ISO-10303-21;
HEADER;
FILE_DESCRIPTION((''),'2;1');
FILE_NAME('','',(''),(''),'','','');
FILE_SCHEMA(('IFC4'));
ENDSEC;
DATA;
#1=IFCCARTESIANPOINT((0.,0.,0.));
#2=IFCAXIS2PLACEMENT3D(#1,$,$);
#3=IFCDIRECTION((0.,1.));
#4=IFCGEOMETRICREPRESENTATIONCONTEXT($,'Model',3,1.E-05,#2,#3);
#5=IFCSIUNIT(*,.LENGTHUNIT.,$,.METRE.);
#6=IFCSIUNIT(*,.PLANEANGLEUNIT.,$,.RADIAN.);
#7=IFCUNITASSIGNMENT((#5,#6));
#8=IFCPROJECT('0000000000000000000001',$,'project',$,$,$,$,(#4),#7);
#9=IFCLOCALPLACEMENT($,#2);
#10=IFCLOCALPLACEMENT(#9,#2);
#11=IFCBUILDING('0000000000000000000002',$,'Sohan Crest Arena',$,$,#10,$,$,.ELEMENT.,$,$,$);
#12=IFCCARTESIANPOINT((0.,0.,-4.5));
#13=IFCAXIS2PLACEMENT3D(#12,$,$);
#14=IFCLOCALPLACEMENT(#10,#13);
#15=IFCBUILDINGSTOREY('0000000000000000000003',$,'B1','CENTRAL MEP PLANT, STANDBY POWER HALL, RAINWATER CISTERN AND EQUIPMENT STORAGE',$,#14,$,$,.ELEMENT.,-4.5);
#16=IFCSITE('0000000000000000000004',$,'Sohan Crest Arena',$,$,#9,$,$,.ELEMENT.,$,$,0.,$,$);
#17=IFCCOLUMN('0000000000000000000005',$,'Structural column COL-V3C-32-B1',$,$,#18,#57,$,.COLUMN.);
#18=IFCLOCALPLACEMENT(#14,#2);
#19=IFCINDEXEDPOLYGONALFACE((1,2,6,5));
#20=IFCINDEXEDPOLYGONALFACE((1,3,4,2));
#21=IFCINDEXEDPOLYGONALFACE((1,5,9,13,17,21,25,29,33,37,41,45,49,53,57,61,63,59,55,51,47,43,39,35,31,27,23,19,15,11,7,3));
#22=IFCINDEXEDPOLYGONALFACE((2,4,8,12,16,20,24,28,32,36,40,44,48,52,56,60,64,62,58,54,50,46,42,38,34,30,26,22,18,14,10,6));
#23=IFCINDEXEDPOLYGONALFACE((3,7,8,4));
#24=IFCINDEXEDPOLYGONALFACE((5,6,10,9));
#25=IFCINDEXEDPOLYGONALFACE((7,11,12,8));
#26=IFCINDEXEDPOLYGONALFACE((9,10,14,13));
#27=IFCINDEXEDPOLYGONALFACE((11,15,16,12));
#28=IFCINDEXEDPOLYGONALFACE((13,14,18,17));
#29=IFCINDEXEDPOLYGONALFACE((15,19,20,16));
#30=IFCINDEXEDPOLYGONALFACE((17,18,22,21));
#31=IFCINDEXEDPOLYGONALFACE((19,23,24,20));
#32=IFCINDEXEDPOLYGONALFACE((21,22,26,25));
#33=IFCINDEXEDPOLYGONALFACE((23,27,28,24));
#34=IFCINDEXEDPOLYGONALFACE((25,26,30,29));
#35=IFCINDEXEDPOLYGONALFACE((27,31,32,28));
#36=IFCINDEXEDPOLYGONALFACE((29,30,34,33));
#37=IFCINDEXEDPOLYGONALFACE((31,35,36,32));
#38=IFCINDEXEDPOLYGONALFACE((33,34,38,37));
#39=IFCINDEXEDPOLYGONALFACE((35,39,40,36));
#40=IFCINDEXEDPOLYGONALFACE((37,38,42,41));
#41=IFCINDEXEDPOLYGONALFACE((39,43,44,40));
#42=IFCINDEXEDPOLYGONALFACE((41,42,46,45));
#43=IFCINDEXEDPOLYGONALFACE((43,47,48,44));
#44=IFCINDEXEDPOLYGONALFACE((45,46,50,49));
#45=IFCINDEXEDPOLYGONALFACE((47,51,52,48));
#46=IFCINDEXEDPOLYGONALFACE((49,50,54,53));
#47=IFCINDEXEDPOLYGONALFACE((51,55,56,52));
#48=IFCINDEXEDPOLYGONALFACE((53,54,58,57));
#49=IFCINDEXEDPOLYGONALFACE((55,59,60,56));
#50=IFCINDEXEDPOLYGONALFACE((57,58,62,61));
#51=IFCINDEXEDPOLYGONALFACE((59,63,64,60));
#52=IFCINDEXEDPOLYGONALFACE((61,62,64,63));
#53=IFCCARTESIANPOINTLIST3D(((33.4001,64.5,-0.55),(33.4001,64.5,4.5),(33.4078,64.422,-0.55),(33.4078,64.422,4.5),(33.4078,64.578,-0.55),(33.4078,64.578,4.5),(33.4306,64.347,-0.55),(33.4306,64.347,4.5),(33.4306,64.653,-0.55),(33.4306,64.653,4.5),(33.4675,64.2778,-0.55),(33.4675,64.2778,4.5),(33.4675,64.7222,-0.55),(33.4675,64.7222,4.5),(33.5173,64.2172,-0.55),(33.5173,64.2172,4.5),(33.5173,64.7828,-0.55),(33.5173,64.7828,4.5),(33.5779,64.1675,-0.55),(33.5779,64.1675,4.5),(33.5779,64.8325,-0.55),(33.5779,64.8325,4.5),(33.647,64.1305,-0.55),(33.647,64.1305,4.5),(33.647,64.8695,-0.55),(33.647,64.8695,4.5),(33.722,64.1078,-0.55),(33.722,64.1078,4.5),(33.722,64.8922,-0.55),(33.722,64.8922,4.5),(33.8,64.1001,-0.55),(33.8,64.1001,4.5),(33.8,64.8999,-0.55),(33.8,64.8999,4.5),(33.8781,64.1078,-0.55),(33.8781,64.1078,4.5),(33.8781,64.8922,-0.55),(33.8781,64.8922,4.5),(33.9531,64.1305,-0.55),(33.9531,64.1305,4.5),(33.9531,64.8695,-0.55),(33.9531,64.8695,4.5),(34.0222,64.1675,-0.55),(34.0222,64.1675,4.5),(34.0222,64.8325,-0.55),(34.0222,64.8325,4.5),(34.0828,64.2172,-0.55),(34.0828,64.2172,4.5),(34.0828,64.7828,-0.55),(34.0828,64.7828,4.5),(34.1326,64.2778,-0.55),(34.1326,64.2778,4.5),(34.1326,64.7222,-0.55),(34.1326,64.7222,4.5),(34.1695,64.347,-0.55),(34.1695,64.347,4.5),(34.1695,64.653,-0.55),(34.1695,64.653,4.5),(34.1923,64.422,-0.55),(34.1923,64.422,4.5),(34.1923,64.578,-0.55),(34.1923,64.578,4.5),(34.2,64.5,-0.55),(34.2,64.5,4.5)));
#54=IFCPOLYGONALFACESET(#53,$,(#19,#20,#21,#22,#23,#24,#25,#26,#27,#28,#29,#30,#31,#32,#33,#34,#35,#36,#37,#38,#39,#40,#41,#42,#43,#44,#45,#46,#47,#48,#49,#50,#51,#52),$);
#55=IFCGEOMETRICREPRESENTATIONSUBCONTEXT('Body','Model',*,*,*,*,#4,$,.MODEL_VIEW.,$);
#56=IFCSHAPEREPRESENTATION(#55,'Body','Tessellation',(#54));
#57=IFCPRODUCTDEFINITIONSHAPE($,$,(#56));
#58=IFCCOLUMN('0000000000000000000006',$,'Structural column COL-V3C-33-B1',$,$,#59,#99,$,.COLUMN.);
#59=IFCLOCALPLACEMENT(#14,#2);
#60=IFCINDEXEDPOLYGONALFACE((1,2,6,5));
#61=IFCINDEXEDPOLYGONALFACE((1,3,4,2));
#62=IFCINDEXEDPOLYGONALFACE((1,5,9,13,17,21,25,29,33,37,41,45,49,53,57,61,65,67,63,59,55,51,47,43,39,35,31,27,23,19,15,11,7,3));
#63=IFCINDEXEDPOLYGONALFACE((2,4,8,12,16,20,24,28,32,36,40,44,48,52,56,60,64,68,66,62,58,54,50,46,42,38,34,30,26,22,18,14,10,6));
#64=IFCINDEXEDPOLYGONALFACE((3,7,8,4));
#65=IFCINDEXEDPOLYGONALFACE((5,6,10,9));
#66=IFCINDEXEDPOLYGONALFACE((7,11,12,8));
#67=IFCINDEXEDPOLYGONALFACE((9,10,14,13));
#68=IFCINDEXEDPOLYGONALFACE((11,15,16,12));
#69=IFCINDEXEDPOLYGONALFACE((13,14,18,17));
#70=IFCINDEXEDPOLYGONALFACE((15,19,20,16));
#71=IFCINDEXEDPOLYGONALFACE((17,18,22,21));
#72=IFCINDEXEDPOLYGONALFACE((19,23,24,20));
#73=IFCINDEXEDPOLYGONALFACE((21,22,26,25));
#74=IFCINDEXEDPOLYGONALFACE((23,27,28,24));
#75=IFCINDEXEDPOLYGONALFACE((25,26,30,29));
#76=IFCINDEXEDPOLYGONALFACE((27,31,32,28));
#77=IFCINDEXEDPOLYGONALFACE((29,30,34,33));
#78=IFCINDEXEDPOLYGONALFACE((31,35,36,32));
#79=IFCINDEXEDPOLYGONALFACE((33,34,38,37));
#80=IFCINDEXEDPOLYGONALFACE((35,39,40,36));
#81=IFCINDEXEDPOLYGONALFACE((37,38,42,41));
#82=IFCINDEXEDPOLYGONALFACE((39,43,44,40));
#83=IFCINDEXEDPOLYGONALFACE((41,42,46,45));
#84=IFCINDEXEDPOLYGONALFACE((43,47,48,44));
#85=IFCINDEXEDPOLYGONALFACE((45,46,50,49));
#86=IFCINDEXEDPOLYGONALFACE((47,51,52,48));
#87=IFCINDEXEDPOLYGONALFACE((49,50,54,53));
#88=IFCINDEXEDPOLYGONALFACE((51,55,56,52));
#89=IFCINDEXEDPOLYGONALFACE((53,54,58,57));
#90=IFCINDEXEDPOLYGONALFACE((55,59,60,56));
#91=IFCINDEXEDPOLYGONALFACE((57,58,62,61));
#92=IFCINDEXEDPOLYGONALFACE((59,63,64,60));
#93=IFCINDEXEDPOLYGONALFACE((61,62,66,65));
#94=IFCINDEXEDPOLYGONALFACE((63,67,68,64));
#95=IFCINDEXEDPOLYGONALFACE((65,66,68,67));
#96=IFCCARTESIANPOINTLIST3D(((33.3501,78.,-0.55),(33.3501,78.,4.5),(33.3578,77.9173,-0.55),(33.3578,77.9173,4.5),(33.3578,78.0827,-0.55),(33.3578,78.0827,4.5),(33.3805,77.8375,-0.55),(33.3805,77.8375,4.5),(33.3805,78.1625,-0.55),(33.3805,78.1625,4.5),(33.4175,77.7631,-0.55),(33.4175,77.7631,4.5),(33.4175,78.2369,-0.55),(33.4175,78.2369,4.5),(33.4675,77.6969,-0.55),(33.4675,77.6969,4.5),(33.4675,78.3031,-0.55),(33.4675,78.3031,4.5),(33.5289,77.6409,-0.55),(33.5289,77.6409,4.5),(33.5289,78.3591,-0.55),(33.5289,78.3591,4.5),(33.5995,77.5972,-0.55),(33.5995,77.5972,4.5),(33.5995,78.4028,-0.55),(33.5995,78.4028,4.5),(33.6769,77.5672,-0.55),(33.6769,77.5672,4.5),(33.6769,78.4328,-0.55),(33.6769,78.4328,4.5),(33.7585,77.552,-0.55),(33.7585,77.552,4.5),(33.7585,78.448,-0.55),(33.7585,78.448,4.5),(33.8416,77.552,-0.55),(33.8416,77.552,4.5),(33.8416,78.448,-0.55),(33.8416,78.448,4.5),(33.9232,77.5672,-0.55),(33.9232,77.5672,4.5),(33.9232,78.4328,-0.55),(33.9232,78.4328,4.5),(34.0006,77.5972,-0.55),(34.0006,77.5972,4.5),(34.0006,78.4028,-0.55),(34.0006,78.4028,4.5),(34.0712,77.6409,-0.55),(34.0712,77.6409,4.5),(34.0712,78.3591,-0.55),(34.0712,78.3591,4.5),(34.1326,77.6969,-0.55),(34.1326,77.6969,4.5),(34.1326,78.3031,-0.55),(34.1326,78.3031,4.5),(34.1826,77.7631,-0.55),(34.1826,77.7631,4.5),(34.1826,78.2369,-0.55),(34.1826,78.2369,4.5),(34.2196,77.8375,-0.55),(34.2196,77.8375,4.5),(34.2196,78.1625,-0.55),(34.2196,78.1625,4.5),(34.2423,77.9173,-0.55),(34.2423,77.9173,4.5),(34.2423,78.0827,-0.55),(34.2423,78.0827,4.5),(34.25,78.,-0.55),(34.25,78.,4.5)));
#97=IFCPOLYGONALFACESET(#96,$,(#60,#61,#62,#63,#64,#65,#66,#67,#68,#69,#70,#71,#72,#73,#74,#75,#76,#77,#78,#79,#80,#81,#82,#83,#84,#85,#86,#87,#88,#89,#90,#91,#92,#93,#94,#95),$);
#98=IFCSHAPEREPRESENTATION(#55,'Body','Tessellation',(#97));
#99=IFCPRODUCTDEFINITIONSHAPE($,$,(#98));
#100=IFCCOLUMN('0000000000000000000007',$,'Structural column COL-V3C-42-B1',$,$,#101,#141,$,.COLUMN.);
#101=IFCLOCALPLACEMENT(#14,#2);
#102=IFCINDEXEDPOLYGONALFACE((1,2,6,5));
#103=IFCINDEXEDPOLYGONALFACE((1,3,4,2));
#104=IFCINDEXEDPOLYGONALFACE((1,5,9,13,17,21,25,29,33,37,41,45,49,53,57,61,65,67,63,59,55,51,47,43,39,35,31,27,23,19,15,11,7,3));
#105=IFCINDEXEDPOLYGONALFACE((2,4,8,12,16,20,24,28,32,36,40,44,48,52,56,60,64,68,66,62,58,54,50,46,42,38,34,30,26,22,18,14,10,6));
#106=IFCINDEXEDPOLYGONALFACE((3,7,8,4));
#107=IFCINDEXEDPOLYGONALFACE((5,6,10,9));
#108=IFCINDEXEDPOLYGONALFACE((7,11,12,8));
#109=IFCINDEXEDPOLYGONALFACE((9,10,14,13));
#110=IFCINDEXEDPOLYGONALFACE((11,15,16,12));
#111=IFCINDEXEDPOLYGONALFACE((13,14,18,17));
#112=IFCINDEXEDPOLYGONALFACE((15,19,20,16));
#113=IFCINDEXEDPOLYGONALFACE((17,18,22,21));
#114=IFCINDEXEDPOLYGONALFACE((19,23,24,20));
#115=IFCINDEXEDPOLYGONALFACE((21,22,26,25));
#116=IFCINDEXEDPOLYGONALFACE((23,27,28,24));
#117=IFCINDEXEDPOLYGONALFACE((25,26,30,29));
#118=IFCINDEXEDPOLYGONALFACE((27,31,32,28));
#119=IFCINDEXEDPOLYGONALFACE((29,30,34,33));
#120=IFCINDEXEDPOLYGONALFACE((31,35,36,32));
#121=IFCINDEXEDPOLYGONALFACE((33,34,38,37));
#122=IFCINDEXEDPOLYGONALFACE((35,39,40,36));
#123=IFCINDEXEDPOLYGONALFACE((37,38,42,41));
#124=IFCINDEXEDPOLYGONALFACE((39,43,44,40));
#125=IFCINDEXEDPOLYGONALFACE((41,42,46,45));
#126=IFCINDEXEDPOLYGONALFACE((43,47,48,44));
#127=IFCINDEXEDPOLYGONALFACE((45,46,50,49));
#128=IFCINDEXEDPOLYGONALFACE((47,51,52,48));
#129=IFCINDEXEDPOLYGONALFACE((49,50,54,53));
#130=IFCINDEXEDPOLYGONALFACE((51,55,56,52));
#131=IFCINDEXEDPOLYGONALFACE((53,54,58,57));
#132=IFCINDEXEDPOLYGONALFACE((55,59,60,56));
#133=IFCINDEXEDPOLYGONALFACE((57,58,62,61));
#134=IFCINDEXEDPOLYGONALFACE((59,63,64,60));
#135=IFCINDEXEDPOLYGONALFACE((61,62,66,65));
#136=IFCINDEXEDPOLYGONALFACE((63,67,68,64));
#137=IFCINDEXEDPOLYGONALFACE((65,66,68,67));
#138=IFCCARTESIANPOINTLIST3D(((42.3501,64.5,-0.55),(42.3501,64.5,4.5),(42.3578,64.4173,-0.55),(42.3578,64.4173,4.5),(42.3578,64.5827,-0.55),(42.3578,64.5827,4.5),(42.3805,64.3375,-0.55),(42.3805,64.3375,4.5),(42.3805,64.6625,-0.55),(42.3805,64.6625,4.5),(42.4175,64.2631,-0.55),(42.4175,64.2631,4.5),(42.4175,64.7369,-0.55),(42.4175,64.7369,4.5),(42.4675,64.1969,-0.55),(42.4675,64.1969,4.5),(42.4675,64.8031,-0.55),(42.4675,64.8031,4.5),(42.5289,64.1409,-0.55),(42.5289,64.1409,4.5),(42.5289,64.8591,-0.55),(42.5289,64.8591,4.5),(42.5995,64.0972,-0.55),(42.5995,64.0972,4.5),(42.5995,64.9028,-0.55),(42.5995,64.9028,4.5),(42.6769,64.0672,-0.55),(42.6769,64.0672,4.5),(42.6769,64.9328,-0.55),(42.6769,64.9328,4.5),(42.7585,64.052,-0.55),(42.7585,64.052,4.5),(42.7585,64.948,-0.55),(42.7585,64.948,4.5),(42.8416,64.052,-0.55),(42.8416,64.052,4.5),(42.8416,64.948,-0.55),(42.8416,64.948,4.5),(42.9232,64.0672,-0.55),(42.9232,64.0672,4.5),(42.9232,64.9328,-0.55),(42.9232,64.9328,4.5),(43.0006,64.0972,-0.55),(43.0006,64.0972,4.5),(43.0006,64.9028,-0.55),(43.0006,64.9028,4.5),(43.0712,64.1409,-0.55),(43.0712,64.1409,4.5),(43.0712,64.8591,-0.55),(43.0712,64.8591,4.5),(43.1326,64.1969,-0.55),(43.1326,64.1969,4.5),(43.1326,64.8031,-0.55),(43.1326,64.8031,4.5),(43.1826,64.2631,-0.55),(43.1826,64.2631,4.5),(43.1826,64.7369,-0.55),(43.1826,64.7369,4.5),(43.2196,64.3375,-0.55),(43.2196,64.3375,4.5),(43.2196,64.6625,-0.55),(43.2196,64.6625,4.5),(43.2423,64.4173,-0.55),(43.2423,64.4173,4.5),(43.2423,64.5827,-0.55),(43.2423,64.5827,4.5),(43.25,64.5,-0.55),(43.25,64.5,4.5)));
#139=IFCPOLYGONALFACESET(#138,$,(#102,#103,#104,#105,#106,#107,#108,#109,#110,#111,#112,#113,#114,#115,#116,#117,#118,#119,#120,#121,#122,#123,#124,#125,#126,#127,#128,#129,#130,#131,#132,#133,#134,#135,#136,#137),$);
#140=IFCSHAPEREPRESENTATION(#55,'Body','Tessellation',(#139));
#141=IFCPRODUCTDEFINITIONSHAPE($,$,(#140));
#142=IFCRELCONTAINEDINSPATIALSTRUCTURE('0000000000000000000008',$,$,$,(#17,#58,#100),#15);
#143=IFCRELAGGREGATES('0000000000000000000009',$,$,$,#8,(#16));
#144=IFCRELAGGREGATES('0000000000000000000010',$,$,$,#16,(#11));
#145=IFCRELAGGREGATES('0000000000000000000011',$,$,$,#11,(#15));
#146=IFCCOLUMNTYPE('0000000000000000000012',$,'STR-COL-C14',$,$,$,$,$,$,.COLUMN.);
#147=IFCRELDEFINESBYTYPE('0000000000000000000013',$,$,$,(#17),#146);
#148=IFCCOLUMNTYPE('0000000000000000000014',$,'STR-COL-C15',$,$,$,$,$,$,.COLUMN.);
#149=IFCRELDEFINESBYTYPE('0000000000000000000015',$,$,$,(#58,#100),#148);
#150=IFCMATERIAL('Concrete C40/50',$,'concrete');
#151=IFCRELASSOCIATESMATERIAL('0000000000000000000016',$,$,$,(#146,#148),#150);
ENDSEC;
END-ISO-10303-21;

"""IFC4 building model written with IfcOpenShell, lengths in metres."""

from ifc_helpers import new_model, si_unit, direction, frame, origin, origin_2d, place, context, subcontext, project, spatial, circle, extrude, material, material_profile, profile_set, type_object, element, save


model = new_model("IFC4")

# Units and contexts
model_context = context("Model", 3, precision=1e-05, world=origin(), true_north=direction((0.0, 1.0)))
body_context = subcontext(model_context, "Body", "Model", "MODEL_VIEW")
ifc_project = project(units=[si_unit("LENGTHUNIT", "METRE"), si_unit("PLANEANGLEUNIT", "RADIAN")], contexts=[model_context])

# Site, building, storey
site_placement = place(None, origin())
site = spatial("IfcSite", under=ifc_project, at=site_placement, Name="Sohan Crest Arena", CompositionType="ELEMENT", RefElevation=0.0)
building_placement = place(site_placement, origin())
building = spatial("IfcBuilding", under=site, at=building_placement, Name="Sohan Crest Arena", CompositionType="ELEMENT")
storey_placement = place(building_placement, frame((0.0, 0.0, -4.5)))
storey = spatial("IfcBuildingStorey", under=building, at=storey_placement, Name="B1", Description="CENTRAL MEP PLANT, STANDBY POWER HALL, RAINWATER CISTERN AND EQUIPMENT STORAGE", CompositionType="ELEMENT", Elevation=-4.5)

# Shared definitions
ifc_material = material(Name="Concrete C40/50", Category="concrete")

# Columns
ifc_material_profile_1 = material_profile(ifc_material, circle(Radius=0.3999, at=origin_2d()), Name="RC D800")
ifc_profile_set_1 = profile_set([ifc_material_profile_1], Name="Concrete C40/50")
column_type_1 = type_object("IfcColumnType", Name="STR-COL-C14", PredefinedType="COLUMN", material=ifc_profile_set_1)
for number, where, z_axis, x_axis, name in (
    (1, (33.8, 64.5, -0.55), (0.0, 0.0, 1.0), (1.0, 0.0, 0.0), "Structural column COL-V3C-32-B1"),
):
    element("IfcColumn", number, at=place(storey_placement, frame(where, z_axis=z_axis, x_axis=x_axis)), inside=storey, type_object=column_type_1, Name=name, PredefinedType="COLUMN", context=body_context, shape_type="SweptSolid", body=[
        extrude(circle(Radius=0.3999, at=origin_2d()), origin(), (0.0, 0.0, 1.0), 5.05),
    ])
ifc_material_profile_2 = material_profile(ifc_material, circle(Radius=0.45, at=origin_2d()), Name="RC D900")
ifc_profile_set_2 = profile_set([ifc_material_profile_2], Name="Concrete C40/50")
column_type_2 = type_object("IfcColumnType", Name="STR-COL-C15", PredefinedType="COLUMN", material=ifc_profile_set_2)
for number, where, z_axis, x_axis, name in (
    (2, (33.8, 78.0, -0.55), (0.0, 0.0, 1.0), (1.0, 0.0, 0.0), "Structural column COL-V3C-33-B1"),
    (3, (42.8, 64.5, -0.55), (0.0, 0.0, 1.0), (1.0, 0.0, 0.0), "Structural column COL-V3C-42-B1"),
):
    element("IfcColumn", number, at=place(storey_placement, frame(where, z_axis=z_axis, x_axis=x_axis)), inside=storey, type_object=column_type_2, Name=name, PredefinedType="COLUMN", context=body_context, shape_type="SweptSolid", body=[
        extrude(circle(Radius=0.45, at=origin_2d()), origin(), (0.0, 0.0, 1.0), 5.05),
    ])

save(model, "model.ifc")
